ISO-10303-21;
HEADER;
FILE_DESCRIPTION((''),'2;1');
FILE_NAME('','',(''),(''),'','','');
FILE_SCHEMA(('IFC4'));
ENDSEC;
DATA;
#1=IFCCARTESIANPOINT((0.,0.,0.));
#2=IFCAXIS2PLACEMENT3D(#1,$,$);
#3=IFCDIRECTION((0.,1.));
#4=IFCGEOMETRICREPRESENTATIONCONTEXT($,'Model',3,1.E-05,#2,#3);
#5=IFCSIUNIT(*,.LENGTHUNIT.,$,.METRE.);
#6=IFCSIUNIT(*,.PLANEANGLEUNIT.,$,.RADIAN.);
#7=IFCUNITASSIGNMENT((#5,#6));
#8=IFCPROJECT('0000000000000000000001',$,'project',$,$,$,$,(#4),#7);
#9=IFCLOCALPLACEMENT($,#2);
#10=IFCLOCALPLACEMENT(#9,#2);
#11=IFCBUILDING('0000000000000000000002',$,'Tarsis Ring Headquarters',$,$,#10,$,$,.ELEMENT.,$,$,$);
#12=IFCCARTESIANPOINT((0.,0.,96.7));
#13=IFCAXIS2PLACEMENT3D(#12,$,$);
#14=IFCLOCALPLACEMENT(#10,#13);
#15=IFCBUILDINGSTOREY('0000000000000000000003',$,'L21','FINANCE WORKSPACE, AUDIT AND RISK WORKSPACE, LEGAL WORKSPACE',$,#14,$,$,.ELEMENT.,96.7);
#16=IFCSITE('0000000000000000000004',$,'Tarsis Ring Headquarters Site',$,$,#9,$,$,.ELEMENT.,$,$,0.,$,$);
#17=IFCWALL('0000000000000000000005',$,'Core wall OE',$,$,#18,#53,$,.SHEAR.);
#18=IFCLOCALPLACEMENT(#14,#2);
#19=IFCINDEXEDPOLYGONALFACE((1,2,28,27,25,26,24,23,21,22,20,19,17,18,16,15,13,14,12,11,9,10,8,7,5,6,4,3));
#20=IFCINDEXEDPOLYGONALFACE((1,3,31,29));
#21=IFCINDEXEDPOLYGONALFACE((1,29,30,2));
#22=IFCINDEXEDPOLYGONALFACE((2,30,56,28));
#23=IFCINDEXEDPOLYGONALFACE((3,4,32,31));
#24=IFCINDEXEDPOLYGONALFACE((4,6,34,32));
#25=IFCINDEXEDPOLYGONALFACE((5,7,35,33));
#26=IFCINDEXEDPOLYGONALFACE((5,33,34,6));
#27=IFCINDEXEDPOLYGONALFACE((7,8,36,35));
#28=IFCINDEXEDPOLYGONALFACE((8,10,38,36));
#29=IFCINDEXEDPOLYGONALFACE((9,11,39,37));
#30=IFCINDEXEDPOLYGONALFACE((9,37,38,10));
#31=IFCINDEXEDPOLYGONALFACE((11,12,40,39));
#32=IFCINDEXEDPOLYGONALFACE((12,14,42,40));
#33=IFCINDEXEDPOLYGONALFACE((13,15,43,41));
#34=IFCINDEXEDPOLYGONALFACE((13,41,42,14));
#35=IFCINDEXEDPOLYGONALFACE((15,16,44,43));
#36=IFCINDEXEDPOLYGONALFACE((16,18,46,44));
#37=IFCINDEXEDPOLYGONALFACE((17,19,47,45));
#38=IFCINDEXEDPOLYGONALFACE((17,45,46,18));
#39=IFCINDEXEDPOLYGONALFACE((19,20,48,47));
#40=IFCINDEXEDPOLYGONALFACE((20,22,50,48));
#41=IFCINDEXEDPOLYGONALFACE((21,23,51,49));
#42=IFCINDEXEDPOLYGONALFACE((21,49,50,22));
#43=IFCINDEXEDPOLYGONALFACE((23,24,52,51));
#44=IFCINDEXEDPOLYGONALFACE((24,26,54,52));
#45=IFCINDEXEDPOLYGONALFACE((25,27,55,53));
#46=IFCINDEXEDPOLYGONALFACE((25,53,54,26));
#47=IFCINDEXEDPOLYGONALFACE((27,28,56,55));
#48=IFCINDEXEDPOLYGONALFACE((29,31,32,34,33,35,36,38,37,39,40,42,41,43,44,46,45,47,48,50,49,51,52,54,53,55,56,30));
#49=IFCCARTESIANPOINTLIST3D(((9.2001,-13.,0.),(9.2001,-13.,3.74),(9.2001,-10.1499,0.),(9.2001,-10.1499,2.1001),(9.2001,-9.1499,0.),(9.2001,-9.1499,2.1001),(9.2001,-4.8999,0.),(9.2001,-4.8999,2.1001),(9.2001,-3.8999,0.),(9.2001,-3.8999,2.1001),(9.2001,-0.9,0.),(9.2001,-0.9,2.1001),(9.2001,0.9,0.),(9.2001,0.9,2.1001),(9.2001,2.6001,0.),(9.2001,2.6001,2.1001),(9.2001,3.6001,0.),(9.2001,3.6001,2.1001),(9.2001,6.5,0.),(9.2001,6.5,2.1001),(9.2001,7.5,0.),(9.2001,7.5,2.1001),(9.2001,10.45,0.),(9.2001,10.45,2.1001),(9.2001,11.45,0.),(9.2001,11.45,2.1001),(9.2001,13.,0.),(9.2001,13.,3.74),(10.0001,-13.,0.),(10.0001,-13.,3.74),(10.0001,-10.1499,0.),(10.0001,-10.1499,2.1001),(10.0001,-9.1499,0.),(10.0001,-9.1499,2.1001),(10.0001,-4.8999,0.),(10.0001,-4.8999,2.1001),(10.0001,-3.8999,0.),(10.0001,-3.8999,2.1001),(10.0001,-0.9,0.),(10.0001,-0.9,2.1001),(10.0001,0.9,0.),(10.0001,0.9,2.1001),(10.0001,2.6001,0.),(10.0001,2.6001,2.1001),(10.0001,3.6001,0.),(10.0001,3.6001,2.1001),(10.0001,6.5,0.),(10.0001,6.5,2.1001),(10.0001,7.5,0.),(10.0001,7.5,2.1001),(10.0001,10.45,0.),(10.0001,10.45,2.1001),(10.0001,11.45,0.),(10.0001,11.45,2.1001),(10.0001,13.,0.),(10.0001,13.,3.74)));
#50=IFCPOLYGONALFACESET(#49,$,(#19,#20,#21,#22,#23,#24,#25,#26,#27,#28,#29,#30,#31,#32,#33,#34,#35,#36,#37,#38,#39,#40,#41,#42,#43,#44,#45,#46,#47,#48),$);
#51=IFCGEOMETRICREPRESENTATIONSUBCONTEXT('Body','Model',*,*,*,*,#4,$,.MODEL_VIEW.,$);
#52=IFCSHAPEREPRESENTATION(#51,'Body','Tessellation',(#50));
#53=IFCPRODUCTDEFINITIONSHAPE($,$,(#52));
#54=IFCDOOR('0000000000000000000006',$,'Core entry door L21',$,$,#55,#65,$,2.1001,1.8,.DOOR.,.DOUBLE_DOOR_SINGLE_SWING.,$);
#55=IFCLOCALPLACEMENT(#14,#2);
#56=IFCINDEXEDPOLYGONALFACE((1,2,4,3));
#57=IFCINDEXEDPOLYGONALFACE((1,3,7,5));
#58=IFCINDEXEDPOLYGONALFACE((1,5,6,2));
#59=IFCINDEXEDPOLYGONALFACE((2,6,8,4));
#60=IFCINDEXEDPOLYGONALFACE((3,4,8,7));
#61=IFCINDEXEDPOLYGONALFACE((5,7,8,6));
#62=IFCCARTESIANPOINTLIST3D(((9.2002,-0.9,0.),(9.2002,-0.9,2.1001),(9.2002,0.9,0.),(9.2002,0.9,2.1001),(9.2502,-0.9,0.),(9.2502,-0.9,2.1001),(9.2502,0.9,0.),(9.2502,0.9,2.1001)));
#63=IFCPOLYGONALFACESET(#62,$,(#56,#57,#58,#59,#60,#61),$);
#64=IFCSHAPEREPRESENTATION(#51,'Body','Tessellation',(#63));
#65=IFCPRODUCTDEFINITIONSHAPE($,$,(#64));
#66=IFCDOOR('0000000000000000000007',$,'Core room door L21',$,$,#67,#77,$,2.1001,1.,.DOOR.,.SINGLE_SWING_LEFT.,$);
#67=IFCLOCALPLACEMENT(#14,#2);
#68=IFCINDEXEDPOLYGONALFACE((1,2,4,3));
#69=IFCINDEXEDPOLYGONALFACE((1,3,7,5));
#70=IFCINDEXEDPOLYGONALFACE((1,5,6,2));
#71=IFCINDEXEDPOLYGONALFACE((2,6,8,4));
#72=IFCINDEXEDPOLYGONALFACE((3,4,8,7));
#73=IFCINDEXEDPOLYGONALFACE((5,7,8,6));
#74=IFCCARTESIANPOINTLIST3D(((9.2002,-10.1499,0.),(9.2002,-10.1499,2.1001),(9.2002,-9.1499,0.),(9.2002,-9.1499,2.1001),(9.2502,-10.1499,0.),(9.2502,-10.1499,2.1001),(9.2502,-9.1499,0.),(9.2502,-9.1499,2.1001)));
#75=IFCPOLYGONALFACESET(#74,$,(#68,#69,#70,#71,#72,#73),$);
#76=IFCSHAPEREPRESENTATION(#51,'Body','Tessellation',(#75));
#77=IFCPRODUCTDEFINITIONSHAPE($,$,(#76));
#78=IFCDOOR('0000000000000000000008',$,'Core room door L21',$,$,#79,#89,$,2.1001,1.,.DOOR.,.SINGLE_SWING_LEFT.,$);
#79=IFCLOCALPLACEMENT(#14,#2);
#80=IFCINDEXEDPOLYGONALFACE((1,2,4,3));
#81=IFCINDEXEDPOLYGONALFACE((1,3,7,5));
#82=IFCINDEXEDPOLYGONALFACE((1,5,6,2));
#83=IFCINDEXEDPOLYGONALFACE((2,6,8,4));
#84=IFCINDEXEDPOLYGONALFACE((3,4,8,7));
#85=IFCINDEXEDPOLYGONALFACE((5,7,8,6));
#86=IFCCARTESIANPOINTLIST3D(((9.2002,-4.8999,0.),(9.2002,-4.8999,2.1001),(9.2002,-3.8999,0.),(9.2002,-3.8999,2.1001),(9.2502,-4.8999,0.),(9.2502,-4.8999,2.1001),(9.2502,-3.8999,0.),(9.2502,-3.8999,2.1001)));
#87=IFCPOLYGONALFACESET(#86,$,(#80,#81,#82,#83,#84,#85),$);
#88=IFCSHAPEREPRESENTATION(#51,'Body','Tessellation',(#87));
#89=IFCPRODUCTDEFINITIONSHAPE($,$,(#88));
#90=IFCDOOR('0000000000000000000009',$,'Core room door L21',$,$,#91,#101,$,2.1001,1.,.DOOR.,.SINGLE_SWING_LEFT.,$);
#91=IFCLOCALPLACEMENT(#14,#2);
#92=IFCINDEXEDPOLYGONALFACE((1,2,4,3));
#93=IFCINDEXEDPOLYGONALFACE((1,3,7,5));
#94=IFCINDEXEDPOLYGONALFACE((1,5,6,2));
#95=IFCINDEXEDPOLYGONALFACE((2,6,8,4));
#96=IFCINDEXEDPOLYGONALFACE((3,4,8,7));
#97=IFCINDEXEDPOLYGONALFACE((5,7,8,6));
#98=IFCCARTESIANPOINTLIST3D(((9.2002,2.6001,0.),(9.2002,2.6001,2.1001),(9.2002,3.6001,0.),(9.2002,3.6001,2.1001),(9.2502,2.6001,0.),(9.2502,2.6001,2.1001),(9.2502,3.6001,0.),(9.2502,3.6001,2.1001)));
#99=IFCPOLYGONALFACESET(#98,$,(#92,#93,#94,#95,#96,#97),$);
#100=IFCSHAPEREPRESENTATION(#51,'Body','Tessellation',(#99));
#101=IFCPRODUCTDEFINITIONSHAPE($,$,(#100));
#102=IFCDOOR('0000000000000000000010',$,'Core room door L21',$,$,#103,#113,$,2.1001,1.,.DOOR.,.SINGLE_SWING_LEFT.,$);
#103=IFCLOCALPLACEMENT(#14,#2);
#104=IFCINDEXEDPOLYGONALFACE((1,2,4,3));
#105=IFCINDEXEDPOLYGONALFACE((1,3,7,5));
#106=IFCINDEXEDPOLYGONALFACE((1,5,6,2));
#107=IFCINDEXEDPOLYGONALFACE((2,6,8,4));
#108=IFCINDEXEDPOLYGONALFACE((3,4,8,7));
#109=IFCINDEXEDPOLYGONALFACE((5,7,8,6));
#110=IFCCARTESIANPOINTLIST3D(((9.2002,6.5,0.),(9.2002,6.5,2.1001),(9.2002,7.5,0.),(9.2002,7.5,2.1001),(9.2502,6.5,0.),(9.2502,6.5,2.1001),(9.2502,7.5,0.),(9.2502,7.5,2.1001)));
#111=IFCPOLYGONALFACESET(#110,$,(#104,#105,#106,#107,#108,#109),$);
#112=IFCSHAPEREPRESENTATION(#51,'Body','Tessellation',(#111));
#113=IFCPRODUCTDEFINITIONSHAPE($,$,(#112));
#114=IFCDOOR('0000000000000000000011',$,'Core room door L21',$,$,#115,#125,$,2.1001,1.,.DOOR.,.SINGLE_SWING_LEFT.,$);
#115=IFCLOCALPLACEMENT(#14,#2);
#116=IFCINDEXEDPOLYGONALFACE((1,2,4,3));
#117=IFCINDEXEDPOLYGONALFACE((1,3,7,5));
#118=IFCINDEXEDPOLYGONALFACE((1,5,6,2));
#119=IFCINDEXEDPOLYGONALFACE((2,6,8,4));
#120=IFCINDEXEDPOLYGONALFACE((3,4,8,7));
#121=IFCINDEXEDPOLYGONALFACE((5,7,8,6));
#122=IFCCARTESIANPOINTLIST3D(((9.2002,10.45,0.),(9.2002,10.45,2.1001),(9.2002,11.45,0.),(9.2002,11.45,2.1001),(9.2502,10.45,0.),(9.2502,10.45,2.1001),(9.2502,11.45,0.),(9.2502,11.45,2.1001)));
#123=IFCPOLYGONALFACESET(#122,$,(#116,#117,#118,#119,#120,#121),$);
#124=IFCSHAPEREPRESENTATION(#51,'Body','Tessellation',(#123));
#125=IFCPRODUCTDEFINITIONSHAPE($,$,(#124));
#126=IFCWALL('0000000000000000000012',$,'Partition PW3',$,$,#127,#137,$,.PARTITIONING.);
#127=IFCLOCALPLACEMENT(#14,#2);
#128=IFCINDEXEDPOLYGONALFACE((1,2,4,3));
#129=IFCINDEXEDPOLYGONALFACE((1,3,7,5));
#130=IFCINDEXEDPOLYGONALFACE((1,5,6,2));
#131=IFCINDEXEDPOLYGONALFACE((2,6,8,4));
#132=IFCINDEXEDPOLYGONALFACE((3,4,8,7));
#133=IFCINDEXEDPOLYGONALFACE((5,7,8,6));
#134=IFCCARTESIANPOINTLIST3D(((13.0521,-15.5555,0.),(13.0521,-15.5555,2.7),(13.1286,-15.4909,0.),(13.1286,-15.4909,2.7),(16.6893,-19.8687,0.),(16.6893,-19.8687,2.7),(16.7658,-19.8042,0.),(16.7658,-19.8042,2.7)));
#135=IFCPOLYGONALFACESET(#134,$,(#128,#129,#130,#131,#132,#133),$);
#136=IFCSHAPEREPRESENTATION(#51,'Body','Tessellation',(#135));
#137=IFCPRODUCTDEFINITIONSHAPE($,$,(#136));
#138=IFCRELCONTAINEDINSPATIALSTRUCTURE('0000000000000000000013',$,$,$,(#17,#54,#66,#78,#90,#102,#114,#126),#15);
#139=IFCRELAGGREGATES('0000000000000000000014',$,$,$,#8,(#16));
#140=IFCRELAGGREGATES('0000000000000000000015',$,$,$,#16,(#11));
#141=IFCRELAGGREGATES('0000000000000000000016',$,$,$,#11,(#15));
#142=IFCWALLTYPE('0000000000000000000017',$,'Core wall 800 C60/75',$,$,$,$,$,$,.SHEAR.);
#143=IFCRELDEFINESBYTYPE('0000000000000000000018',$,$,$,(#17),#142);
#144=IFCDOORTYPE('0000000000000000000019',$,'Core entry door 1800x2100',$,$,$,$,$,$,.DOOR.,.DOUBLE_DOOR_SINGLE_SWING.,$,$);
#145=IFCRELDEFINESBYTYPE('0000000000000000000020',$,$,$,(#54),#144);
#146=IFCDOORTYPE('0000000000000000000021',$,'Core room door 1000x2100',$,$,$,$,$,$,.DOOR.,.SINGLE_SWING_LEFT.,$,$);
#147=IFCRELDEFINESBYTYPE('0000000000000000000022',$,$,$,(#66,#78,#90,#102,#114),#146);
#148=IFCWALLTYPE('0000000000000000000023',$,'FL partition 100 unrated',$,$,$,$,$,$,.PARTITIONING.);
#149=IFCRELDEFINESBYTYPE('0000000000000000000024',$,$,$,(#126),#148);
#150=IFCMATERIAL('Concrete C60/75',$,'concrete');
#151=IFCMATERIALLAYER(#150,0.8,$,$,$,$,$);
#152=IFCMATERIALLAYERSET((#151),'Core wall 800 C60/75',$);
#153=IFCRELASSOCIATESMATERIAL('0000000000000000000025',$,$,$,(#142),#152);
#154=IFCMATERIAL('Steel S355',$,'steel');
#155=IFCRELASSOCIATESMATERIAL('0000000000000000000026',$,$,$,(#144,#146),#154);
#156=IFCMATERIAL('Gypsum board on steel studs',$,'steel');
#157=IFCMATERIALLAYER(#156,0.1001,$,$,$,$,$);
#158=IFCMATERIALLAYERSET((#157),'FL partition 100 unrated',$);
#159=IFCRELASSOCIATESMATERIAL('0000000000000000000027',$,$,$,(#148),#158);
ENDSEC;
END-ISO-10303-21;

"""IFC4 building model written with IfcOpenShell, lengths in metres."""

from ifc_helpers import new_model, si_unit, direction, frame, frame_2d, origin, place, context, subcontext, project, spatial, rectangle, extrude, material, layer, layer_set, type_object, element, fill, save


model = new_model("IFC4")

# Units and contexts
model_context = context("Model", 3, precision=1e-05, world=origin(), true_north=direction((0.0, 1.0)))
body_context = subcontext(model_context, "Body", "Model", "MODEL_VIEW")
ifc_project = project(units=[si_unit("LENGTHUNIT", "METRE"), si_unit("PLANEANGLEUNIT", "RADIAN")], contexts=[model_context])

# Site, building, storey
site_placement = place(None, origin())
site = spatial("IfcSite", under=ifc_project, at=site_placement, Name="Tarsis Ring Headquarters Site", CompositionType="ELEMENT", RefElevation=0.0)
building_placement = place(site_placement, origin())
building = spatial("IfcBuilding", under=site, at=building_placement, Name="Tarsis Ring Headquarters", CompositionType="ELEMENT")
storey_placement = place(building_placement, frame((0.0, 0.0, 96.7)))
storey = spatial("IfcBuildingStorey", under=building, at=storey_placement, Name="L21", Description="FINANCE WORKSPACE, AUDIT AND RISK WORKSPACE, LEGAL WORKSPACE", CompositionType="ELEMENT", Elevation=96.7)

# Wall, openings, doors
ifc_material_1 = material(Name="Concrete C60/75", Category="concrete")
ifc_layer_1 = layer(ifc_material_1, 0.8)
ifc_layer_set_1 = layer_set([ifc_layer_1], Name="Core wall 800 C60/75")
wall_type_1 = type_object("IfcWallType", Name="Core wall 800 C60/75", PredefinedType="SHEAR", material=ifc_layer_set_1)
wall_1_placement = place(storey_placement, frame((9.6001, -13.0, 0.0), z_axis=(0.0, 0.0, 1.0), x_axis=(0.0, 1.0, 0.0)))
wall_1 = element("IfcWall", 1, at=wall_1_placement, inside=storey, type_object=wall_type_1, Name="Core wall OE", PredefinedType="SHEAR", context=body_context, shape_type="SweptSolid", body=[
    extrude(rectangle(XDim=26.0, YDim=0.8, at=frame_2d((13.0, 0.0))), origin(), (0.0, 0.0, 1.0), 3.74),
])
opening_1_placement = place(wall_1_placement, frame((2.8501, 0.0, 0.0)))
opening_1 = element("IfcOpeningElement", 2, at=opening_1_placement, cuts=wall_1, PredefinedType="OPENING", context=body_context, shape_type="SweptSolid", body=[
    extrude(rectangle(XDim=1.0, YDim=2.1001, at=frame_2d((0.5, 1.05))), frame((0.0, 0.4099, 0.0), z_axis=(0.0, -1.0, 0.0), x_axis=(1.0, 0.0, 0.0)), (0.0, 0.0, 1.0), 0.8201),
])
opening_2_placement = place(wall_1_placement, frame((8.1001, 0.0, 0.0)))
opening_2 = element("IfcOpeningElement", 3, at=opening_2_placement, cuts=wall_1, PredefinedType="OPENING", context=body_context, shape_type="SweptSolid", body=[
    extrude(rectangle(XDim=1.0, YDim=2.1001, at=frame_2d((0.5, 1.05))), frame((0.0, 0.4099, 0.0), z_axis=(0.0, -1.0, 0.0), x_axis=(1.0, 0.0, 0.0)), (0.0, 0.0, 1.0), 0.8201),
])
opening_3_placement = place(wall_1_placement, frame((12.1001, 0.0, 0.0)))
opening_3 = element("IfcOpeningElement", 4, at=opening_3_placement, cuts=wall_1, PredefinedType="OPENING", context=body_context, shape_type="SweptSolid", body=[
    extrude(rectangle(XDim=1.8, YDim=2.1001, at=frame_2d((0.8999, 1.05))), frame((0.0, 0.4099, 0.0), z_axis=(0.0, -1.0, 0.0), x_axis=(1.0, 0.0, 0.0)), (0.0, 0.0, 1.0), 0.8201),
])
opening_4_placement = place(wall_1_placement, frame((15.6001, 0.0, 0.0)))
opening_4 = element("IfcOpeningElement", 5, at=opening_4_placement, cuts=wall_1, PredefinedType="OPENING", context=body_context, shape_type="SweptSolid", body=[
    extrude(rectangle(XDim=1.0, YDim=2.1001, at=frame_2d((0.5, 1.05))), frame((0.0, 0.4099, 0.0), z_axis=(0.0, -1.0, 0.0), x_axis=(1.0, 0.0, 0.0)), (0.0, 0.0, 1.0), 0.8201),
])
opening_5_placement = place(wall_1_placement, frame((19.5, 0.0, 0.0)))
opening_5 = element("IfcOpeningElement", 6, at=opening_5_placement, cuts=wall_1, PredefinedType="OPENING", context=body_context, shape_type="SweptSolid", body=[
    extrude(rectangle(XDim=1.0, YDim=2.1001, at=frame_2d((0.5, 1.05))), frame((0.0, 0.4099, 0.0), z_axis=(0.0, -1.0, 0.0), x_axis=(1.0, 0.0, 0.0)), (0.0, 0.0, 1.0), 0.8201),
])
opening_6_placement = place(wall_1_placement, frame((23.45, 0.0, 0.0)))
opening_6 = element("IfcOpeningElement", 7, at=opening_6_placement, cuts=wall_1, PredefinedType="OPENING", context=body_context, shape_type="SweptSolid", body=[
    extrude(rectangle(XDim=1.0, YDim=2.1001, at=frame_2d((0.5, 1.05))), frame((0.0, 0.4099, 0.0), z_axis=(0.0, -1.0, 0.0), x_axis=(1.0, 0.0, 0.0)), (0.0, 0.0, 1.0), 0.8201),
])
ifc_material_2 = material(Name="Steel S355", Category="steel")
door_type_1 = type_object("IfcDoorType", Name="Core entry door 1800x2100", OperationType="DOUBLE_DOOR_SINGLE_SWING", PredefinedType="DOOR", material=ifc_material_2)
door_1_placement = place(opening_3_placement, origin())
door_1 = element("IfcDoor", 8, at=door_1_placement, inside=storey, type_object=door_type_1, Name="Core entry door L21", OperationType="DOUBLE_DOOR_SINGLE_SWING", OverallHeight=2.1001, OverallWidth=1.8, PredefinedType="DOOR", context=body_context, shape_type="SweptSolid", body=[
    extrude(rectangle(XDim=1.8, YDim=2.1001, at=frame_2d((0.8999, 1.05))), frame((0.0, 0.3999, 0.0), z_axis=(0.0, -1.0, 0.0), x_axis=(1.0, 0.0, 0.0)), (0.0, 0.0, 1.0), 0.05),
])
fill(opening_3, door_1)
door_type_2 = type_object("IfcDoorType", Name="Core room door 1000x2100", OperationType="SINGLE_SWING_LEFT", PredefinedType="DOOR", material=ifc_material_2)
door_2_placement = place(opening_1_placement, origin())
door_2 = element("IfcDoor", 9, at=door_2_placement, inside=storey, type_object=door_type_2, Name="Core room door L21", OperationType="SINGLE_SWING_LEFT", OverallHeight=2.1001, OverallWidth=1.0, PredefinedType="DOOR", context=body_context, shape_type="SweptSolid", body=[
    extrude(rectangle(XDim=1.0, YDim=2.1001, at=frame_2d((0.5, 1.05))), frame((0.0, 0.3999, 0.0), z_axis=(0.0, -1.0, 0.0), x_axis=(1.0, 0.0, 0.0)), (0.0, 0.0, 1.0), 0.05),
])
fill(opening_1, door_2)
door_3_placement = place(opening_2_placement, origin())
door_3 = element("IfcDoor", 10, at=door_3_placement, inside=storey, type_object=door_type_2, Name="Core room door L21", OperationType="SINGLE_SWING_LEFT", OverallHeight=2.1001, OverallWidth=1.0, PredefinedType="DOOR", context=body_context, shape_type="SweptSolid", body=[
    extrude(rectangle(XDim=1.0, YDim=2.1001, at=frame_2d((0.5, 1.05))), frame((0.0, 0.3999, 0.0), z_axis=(0.0, -1.0, 0.0), x_axis=(1.0, 0.0, 0.0)), (0.0, 0.0, 1.0), 0.05),
])
fill(opening_2, door_3)
door_4_placement = place(opening_4_placement, origin())
door_4 = element("IfcDoor", 11, at=door_4_placement, inside=storey, type_object=door_type_2, Name="Core room door L21", OperationType="SINGLE_SWING_LEFT", OverallHeight=2.1001, OverallWidth=1.0, PredefinedType="DOOR", context=body_context, shape_type="SweptSolid", body=[
    extrude(rectangle(XDim=1.0, YDim=2.1001, at=frame_2d((0.5, 1.05))), frame((0.0, 0.3999, 0.0), z_axis=(0.0, -1.0, 0.0), x_axis=(1.0, 0.0, 0.0)), (0.0, 0.0, 1.0), 0.05),
])
fill(opening_4, door_4)
door_5_placement = place(opening_5_placement, origin())
door_5 = element("IfcDoor", 12, at=door_5_placement, inside=storey, type_object=door_type_2, Name="Core room door L21", OperationType="SINGLE_SWING_LEFT", OverallHeight=2.1001, OverallWidth=1.0, PredefinedType="DOOR", context=body_context, shape_type="SweptSolid", body=[
    extrude(rectangle(XDim=1.0, YDim=2.1001, at=frame_2d((0.5, 1.05))), frame((0.0, 0.3999, 0.0), z_axis=(0.0, -1.0, 0.0), x_axis=(1.0, 0.0, 0.0)), (0.0, 0.0, 1.0), 0.05),
])
fill(opening_5, door_5)
door_6_placement = place(opening_6_placement, origin())
door_6 = element("IfcDoor", 13, at=door_6_placement, inside=storey, type_object=door_type_2, Name="Core room door L21", OperationType="SINGLE_SWING_LEFT", OverallHeight=2.1001, OverallWidth=1.0, PredefinedType="DOOR", context=body_context, shape_type="SweptSolid", body=[
    extrude(rectangle(XDim=1.0, YDim=2.1001, at=frame_2d((0.5, 1.05))), frame((0.0, 0.3999, 0.0), z_axis=(0.0, -1.0, 0.0), x_axis=(1.0, 0.0, 0.0)), (0.0, 0.0, 1.0), 0.05),
])
fill(opening_6, door_6)

# Wall
ifc_material_3 = material(Name="Gypsum board on steel studs", Category="steel")
ifc_layer_2 = layer(ifc_material_3, 0.1001)
ifc_layer_set_2 = layer_set([ifc_layer_2], Name="FL partition 100 unrated")
wall_type_2 = type_object("IfcWallType", Name="FL partition 100 unrated", PredefinedType="PARTITIONING", material=ifc_layer_set_2)
wall_2_placement = place(storey_placement, frame((13.0903, -15.5232, 0.0), z_axis=(0.0, 0.0, 1.0), x_axis=(0.644655, -0.764473, 0.0)))
element("IfcWall", 14, at=wall_2_placement, inside=storey, type_object=wall_type_2, Name="Partition PW3", PredefinedType="PARTITIONING", context=body_context, shape_type="SweptSolid", body=[
    extrude(rectangle(XDim=5.6421, YDim=0.1001, at=frame_2d((2.821, 0.0))), origin(), (0.0, 0.0, 1.0), 2.7),
])

save(model, "model.ifc")
